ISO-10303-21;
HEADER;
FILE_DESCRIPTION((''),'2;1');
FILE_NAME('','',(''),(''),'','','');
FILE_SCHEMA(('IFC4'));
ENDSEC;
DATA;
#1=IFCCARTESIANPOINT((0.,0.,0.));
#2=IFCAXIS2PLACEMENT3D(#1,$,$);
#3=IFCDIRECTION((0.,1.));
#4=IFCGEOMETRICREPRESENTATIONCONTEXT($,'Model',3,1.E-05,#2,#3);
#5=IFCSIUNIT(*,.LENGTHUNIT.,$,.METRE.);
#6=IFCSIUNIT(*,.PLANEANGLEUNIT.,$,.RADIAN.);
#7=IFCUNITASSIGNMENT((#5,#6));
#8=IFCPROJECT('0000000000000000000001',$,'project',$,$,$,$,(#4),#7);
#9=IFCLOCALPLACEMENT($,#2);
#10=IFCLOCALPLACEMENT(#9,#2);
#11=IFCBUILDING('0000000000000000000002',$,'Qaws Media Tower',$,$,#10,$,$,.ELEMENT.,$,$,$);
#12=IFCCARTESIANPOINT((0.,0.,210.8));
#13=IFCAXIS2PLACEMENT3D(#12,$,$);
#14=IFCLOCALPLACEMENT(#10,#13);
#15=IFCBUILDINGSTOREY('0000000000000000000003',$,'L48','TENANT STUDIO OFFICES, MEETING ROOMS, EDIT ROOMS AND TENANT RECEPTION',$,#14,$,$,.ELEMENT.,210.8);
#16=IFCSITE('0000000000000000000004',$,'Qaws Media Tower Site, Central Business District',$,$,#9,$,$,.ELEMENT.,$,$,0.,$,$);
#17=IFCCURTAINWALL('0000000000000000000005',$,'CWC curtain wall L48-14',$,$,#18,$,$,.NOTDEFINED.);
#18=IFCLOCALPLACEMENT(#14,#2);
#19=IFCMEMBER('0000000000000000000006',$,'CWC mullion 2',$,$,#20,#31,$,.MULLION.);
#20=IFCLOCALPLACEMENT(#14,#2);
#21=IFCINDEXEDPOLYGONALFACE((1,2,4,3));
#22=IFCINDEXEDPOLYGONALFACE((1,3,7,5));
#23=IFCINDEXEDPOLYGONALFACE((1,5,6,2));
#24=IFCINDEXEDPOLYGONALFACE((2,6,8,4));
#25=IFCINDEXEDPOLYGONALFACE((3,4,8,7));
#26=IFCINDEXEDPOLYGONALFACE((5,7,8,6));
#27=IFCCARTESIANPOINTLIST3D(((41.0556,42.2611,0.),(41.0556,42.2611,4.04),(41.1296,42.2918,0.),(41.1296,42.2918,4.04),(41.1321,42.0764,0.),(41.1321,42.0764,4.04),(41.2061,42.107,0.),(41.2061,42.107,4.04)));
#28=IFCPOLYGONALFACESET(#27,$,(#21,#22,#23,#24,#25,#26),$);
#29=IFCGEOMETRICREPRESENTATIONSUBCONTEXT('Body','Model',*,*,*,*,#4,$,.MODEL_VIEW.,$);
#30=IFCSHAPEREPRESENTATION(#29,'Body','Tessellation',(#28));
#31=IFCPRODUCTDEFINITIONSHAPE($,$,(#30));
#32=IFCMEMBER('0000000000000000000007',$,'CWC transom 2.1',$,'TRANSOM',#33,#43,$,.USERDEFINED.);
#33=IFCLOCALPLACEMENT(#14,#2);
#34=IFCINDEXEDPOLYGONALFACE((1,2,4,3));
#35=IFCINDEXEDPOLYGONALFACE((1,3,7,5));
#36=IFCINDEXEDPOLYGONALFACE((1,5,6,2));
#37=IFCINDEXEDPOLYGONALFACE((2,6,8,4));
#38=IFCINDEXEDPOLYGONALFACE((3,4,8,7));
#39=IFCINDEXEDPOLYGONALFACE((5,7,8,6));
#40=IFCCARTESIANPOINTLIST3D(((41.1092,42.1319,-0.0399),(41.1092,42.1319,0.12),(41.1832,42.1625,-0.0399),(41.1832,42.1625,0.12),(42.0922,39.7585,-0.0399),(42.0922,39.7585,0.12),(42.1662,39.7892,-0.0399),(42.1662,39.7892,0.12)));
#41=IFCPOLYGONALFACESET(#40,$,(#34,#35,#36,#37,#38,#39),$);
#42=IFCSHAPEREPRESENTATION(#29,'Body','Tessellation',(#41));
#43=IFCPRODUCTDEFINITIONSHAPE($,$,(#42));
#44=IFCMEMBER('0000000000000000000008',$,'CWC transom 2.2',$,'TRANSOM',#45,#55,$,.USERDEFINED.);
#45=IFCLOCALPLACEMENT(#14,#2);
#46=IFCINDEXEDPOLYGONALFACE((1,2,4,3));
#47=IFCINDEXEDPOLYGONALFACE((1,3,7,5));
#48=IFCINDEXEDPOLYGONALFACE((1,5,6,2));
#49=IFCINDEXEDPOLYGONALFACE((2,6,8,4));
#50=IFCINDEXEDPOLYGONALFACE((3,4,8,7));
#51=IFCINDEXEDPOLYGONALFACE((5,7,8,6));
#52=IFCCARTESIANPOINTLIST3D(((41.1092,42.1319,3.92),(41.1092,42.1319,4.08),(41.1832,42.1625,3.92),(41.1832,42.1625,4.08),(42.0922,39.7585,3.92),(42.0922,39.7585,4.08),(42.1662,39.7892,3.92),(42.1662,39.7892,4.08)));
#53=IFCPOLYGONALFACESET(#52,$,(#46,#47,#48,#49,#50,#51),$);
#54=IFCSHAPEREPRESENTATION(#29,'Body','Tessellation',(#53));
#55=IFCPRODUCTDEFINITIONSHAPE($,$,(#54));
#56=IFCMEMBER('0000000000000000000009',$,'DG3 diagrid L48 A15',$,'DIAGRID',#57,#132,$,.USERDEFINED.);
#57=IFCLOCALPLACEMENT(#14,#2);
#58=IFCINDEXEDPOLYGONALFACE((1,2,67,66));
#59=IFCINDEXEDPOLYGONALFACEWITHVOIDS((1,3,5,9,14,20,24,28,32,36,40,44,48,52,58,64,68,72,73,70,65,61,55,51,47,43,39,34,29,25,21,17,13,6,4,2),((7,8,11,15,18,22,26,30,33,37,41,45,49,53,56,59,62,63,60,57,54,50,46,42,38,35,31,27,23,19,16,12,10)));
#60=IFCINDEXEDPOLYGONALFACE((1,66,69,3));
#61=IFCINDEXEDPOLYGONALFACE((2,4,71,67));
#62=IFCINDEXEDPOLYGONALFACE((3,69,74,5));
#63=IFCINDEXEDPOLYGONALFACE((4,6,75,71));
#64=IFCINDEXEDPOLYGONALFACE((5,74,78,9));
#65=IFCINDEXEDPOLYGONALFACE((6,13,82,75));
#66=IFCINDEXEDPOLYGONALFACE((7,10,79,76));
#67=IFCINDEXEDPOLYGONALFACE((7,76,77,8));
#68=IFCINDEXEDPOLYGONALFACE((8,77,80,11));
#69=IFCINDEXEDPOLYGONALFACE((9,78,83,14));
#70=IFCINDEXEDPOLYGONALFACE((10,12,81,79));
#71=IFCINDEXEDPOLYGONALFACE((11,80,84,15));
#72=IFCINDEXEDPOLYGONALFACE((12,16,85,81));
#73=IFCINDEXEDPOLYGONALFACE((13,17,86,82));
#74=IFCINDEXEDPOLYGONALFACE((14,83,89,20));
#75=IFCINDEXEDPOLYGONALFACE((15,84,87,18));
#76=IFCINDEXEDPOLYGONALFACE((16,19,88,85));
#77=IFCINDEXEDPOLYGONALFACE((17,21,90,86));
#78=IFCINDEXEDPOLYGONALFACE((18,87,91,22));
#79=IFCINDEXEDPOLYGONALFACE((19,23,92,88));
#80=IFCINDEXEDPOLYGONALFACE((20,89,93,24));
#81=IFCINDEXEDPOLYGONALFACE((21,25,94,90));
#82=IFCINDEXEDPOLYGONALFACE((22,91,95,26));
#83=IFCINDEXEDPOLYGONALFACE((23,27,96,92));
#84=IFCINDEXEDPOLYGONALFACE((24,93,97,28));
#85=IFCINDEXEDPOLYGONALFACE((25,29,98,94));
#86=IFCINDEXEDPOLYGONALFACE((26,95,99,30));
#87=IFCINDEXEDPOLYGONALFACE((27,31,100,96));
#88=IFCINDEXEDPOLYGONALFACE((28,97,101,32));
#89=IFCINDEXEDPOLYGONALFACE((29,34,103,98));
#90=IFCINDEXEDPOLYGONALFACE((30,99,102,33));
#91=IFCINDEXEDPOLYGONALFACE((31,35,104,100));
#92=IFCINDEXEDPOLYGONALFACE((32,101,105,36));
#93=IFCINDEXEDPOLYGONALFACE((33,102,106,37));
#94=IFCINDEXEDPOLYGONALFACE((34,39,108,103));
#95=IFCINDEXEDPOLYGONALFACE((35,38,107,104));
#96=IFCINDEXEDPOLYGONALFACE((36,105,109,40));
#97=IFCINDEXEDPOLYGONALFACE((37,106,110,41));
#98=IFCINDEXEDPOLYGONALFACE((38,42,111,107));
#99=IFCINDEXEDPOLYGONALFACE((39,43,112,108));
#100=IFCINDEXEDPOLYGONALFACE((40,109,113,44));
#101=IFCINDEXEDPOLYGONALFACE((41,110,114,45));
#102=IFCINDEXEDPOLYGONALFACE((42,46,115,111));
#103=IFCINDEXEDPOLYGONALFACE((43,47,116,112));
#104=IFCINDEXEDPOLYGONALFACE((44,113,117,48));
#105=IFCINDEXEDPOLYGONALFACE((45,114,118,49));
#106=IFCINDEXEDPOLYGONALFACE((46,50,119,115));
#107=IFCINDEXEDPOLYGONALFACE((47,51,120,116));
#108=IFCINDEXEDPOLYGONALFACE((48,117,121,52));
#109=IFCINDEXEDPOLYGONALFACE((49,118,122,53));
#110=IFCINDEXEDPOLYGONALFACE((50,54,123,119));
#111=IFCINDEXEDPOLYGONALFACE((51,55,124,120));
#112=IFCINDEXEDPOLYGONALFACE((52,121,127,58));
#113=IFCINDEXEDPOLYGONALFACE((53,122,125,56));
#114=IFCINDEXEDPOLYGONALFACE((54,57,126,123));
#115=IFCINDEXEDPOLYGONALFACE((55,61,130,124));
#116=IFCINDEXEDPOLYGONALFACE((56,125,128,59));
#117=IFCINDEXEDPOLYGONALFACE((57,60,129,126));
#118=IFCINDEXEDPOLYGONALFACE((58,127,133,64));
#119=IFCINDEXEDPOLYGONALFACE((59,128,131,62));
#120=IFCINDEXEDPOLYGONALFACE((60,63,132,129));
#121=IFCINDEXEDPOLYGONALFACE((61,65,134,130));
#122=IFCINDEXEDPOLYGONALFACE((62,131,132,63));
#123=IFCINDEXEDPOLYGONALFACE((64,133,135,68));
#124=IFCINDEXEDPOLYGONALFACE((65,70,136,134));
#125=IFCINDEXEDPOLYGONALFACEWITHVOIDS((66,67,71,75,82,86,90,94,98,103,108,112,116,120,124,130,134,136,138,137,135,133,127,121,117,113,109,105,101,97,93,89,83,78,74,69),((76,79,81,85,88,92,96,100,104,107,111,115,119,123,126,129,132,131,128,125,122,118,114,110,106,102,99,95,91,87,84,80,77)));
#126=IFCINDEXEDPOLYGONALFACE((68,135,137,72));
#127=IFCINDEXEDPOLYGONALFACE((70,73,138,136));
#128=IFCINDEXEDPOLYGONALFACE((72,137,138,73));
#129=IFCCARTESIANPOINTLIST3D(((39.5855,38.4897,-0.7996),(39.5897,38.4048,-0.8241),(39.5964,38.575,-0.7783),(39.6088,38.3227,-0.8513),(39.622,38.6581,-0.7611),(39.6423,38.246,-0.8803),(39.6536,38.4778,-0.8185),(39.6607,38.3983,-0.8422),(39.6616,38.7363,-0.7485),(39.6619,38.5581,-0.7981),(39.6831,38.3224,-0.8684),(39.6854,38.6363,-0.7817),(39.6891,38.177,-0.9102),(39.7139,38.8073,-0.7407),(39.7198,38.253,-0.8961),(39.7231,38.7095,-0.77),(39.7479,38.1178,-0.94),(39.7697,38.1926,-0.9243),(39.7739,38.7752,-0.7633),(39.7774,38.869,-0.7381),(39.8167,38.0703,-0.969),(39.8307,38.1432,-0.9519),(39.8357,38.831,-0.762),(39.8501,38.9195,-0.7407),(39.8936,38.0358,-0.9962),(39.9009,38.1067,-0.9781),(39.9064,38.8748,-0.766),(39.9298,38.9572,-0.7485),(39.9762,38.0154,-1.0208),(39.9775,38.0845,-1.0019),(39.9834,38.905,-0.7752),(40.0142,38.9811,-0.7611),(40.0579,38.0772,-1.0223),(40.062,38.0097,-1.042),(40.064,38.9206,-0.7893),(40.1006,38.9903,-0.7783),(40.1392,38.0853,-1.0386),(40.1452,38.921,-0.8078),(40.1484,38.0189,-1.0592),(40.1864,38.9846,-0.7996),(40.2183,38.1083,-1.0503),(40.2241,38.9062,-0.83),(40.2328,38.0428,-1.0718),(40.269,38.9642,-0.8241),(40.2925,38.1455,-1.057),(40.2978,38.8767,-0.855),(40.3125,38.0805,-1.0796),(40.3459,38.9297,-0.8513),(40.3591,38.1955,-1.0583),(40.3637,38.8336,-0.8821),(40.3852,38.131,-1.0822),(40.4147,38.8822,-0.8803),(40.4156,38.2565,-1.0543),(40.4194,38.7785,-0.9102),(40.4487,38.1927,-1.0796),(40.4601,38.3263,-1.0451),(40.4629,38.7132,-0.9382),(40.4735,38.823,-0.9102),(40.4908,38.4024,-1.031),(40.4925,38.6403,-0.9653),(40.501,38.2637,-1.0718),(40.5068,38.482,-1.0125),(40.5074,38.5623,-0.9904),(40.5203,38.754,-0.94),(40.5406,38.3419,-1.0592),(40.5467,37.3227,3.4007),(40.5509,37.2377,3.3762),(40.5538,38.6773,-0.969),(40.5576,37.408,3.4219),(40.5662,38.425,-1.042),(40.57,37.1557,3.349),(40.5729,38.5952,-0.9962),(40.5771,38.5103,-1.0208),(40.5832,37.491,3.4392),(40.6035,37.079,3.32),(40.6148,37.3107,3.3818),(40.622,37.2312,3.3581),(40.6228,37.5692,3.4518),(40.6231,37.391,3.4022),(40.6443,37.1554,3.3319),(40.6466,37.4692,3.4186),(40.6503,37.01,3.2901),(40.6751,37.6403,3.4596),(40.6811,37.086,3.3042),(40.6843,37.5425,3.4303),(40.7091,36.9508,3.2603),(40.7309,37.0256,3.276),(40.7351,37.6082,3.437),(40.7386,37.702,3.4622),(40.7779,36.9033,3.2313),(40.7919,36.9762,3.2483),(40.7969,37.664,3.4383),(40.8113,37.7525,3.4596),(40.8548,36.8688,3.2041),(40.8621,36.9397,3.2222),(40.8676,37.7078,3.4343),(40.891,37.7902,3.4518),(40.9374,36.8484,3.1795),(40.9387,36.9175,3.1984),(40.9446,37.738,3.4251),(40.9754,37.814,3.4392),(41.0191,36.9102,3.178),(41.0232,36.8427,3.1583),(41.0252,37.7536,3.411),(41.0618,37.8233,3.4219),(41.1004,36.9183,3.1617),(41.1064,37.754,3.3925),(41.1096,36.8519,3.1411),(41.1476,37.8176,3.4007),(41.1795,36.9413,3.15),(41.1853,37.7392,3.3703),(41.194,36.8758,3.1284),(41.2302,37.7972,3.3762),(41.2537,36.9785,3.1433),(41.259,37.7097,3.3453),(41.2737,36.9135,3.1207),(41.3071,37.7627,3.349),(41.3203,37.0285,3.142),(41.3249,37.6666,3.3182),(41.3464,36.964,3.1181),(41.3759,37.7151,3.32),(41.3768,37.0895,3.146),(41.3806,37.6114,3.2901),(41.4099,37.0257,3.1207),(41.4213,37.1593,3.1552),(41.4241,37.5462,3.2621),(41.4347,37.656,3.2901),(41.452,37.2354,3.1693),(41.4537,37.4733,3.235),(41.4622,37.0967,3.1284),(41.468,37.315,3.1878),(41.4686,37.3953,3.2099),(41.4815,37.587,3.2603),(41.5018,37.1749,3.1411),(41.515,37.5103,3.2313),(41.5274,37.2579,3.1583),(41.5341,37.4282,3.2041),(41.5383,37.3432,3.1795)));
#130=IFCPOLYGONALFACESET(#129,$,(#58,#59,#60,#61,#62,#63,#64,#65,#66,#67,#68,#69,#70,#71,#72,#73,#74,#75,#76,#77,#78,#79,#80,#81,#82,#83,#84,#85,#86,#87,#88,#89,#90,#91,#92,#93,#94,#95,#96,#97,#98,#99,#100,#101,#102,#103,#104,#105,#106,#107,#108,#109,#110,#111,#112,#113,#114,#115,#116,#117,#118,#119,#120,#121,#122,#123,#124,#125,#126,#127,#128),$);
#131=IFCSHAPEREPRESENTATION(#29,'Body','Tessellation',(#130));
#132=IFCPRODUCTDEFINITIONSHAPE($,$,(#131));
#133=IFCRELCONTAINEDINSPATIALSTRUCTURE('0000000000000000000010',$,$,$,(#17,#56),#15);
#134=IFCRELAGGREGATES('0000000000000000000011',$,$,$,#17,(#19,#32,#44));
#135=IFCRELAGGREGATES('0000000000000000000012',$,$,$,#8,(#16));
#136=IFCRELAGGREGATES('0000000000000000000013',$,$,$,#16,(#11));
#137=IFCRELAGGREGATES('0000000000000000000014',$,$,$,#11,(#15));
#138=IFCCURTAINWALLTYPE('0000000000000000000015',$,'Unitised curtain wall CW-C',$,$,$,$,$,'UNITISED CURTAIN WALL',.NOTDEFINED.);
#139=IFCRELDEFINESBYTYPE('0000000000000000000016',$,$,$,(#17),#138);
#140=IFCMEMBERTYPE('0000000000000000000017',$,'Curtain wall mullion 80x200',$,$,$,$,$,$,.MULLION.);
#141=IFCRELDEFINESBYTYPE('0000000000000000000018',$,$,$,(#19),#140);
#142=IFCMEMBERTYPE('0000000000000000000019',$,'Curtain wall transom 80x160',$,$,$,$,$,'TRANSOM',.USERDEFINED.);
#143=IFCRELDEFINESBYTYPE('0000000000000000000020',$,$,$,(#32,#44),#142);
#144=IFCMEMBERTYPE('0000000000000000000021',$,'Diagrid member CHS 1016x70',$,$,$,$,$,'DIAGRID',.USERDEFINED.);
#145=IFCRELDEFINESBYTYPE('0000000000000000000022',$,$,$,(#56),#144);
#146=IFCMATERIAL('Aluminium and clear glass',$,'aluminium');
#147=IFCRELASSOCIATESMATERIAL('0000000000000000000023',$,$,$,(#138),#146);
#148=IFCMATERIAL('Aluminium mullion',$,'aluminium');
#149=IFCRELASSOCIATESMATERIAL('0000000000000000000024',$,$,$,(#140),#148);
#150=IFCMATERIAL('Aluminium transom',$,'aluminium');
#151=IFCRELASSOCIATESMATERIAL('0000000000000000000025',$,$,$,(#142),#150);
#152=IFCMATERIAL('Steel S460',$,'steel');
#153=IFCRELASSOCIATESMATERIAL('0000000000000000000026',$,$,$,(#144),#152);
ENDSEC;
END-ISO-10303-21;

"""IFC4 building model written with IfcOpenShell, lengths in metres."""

from ifc_helpers import new_model, si_unit, direction, frame, origin, origin_2d, place, context, subcontext, project, spatial, rectangle, hollow_circle, extrude, material, material_profile, profile_set, type_object, element, aggregate, save


model = new_model("IFC4")

# Units and contexts
model_context = context("Model", 3, precision=1e-05, world=origin(), true_north=direction((0.0, 1.0)))
body_context = subcontext(model_context, "Body", "Model", "MODEL_VIEW")
ifc_project = project(units=[si_unit("LENGTHUNIT", "METRE"), si_unit("PLANEANGLEUNIT", "RADIAN")], contexts=[model_context])

# Site, building, storey
site_placement = place(None, origin())
site = spatial("IfcSite", under=ifc_project, at=site_placement, Name="Qaws Media Tower Site, Central Business District", CompositionType="ELEMENT", RefElevation=0.0)
building_placement = place(site_placement, origin())
building = spatial("IfcBuilding", under=site, at=building_placement, Name="Qaws Media Tower", CompositionType="ELEMENT")
storey_placement = place(building_placement, frame((0.0, 0.0, 210.8)))
storey = spatial("IfcBuildingStorey", under=building, at=storey_placement, Name="L48", Description="TENANT STUDIO OFFICES, MEETING ROOMS, EDIT ROOMS AND TENANT RECEPTION", CompositionType="ELEMENT", Elevation=210.8)

# Curtain wall, members
ifc_material_1 = material(Name="Aluminium and clear glass", Category="aluminium")
curtain_wall_type = type_object("IfcCurtainWallType", Name="Unitised curtain wall CW-C", ElementType="UNITISED CURTAIN WALL", PredefinedType="NOTDEFINED", material=ifc_material_1)
curtain_wall_placement = place(storey_placement, origin())
curtain_wall = element("IfcCurtainWall", 1, at=curtain_wall_placement, inside=storey, type_object=curtain_wall_type, Name="CWC curtain wall L48-14", PredefinedType="NOTDEFINED")
ifc_material_2 = material(Name="Aluminium mullion", Category="aluminium")
ifc_material_profile_1 = material_profile(ifc_material_2, rectangle(XDim=0.0801, YDim=0.2, at=origin_2d()), Name="80x200")
ifc_profile_set_1 = profile_set([ifc_material_profile_1], Name="Aluminium mullion")
member_type_1 = type_object("IfcMemberType", Name="Curtain wall mullion 80x200", PredefinedType="MULLION", material=ifc_profile_set_1)
member_1_placement = place(storey_placement, frame((41.1309, 42.1841, 0.0), z_axis=(0.0, 0.0, 1.0), x_axis=(0.92388, 0.382683, 0.0)))
member_1 = element("IfcMember", 2, at=member_1_placement, type_object=member_type_1, Name="CWC mullion 2", PredefinedType="MULLION", context=body_context, shape_type="SweptSolid", body=[
    extrude(rectangle(XDim=0.0801, YDim=0.2, at=origin_2d()), origin(), (0.0, 0.0, 1.0), 4.04),
])
ifc_material_3 = material(Name="Aluminium transom", Category="aluminium")
ifc_material_profile_2 = material_profile(ifc_material_3, rectangle(XDim=0.0801, YDim=0.1599, at=origin_2d()), Name="80x160")
ifc_profile_set_2 = profile_set([ifc_material_profile_2], Name="Aluminium transom")
member_type_2 = type_object("IfcMemberType", Name="Curtain wall transom 80x160", ElementType="TRANSOM", PredefinedType="USERDEFINED", material=ifc_profile_set_2)
member_2_placement = place(storey_placement, frame((41.1462, 42.1472, 0.04), z_axis=(0.382637, -0.923899, 0.0), x_axis=(0.923899, 0.382637, 0.0)))
member_2 = element("IfcMember", 3, at=member_2_placement, type_object=member_type_2, Name="CWC transom 2.1", ObjectType="TRANSOM", PredefinedType="USERDEFINED", context=body_context, shape_type="SweptSolid", body=[
    extrude(rectangle(XDim=0.0801, YDim=0.1599, at=origin_2d()), origin(), (0.0, 0.0, 1.0), 2.5688),
])
member_3_placement = place(storey_placement, frame((41.1462, 42.1472, 4.0), z_axis=(0.382637, -0.923899, 0.0), x_axis=(0.923899, 0.382637, 0.0)))
member_3 = element("IfcMember", 4, at=member_3_placement, type_object=member_type_2, Name="CWC transom 2.2", ObjectType="TRANSOM", PredefinedType="USERDEFINED", context=body_context, shape_type="SweptSolid", body=[
    extrude(rectangle(XDim=0.0801, YDim=0.1599, at=origin_2d()), origin(), (0.0, 0.0, 1.0), 2.5688),
])

# Member
ifc_material_4 = material(Name="Steel S460", Category="steel")
ifc_material_profile_3 = material_profile(ifc_material_4, hollow_circle(Radius=0.5081, WallThickness=0.0701, at=origin_2d()), Name="CHS 1016x70")
ifc_profile_set_3 = profile_set([ifc_material_profile_3], Name="Steel S460")
member_type_3 = type_object("IfcMemberType", Name="Diagrid member CHS 1016x70", ElementType="DIAGRID", PredefinedType="USERDEFINED", material=ifc_profile_set_3)
member_4_placement = place(storey_placement, frame((40.0813, 38.5, -0.9102), z_axis=(0.215318, -0.261422, 0.940902), x_axis=(0.771888, 0.635758, 0.0)))
element("IfcMember", 5, at=member_4_placement, inside=storey, type_object=member_type_3, Name="DG3 diagrid L48 A15", ObjectType="DIAGRID", PredefinedType="USERDEFINED", context=body_context, shape_type="SweptSolid", body=[
    extrude(hollow_circle(Radius=0.5081, WallThickness=0.0701, at=origin_2d()), origin(), (0.0, 0.0, 1.0), 4.4641),
])

aggregate(curtain_wall, [member_1, member_2, member_3])

save(model, "model.ifc")
